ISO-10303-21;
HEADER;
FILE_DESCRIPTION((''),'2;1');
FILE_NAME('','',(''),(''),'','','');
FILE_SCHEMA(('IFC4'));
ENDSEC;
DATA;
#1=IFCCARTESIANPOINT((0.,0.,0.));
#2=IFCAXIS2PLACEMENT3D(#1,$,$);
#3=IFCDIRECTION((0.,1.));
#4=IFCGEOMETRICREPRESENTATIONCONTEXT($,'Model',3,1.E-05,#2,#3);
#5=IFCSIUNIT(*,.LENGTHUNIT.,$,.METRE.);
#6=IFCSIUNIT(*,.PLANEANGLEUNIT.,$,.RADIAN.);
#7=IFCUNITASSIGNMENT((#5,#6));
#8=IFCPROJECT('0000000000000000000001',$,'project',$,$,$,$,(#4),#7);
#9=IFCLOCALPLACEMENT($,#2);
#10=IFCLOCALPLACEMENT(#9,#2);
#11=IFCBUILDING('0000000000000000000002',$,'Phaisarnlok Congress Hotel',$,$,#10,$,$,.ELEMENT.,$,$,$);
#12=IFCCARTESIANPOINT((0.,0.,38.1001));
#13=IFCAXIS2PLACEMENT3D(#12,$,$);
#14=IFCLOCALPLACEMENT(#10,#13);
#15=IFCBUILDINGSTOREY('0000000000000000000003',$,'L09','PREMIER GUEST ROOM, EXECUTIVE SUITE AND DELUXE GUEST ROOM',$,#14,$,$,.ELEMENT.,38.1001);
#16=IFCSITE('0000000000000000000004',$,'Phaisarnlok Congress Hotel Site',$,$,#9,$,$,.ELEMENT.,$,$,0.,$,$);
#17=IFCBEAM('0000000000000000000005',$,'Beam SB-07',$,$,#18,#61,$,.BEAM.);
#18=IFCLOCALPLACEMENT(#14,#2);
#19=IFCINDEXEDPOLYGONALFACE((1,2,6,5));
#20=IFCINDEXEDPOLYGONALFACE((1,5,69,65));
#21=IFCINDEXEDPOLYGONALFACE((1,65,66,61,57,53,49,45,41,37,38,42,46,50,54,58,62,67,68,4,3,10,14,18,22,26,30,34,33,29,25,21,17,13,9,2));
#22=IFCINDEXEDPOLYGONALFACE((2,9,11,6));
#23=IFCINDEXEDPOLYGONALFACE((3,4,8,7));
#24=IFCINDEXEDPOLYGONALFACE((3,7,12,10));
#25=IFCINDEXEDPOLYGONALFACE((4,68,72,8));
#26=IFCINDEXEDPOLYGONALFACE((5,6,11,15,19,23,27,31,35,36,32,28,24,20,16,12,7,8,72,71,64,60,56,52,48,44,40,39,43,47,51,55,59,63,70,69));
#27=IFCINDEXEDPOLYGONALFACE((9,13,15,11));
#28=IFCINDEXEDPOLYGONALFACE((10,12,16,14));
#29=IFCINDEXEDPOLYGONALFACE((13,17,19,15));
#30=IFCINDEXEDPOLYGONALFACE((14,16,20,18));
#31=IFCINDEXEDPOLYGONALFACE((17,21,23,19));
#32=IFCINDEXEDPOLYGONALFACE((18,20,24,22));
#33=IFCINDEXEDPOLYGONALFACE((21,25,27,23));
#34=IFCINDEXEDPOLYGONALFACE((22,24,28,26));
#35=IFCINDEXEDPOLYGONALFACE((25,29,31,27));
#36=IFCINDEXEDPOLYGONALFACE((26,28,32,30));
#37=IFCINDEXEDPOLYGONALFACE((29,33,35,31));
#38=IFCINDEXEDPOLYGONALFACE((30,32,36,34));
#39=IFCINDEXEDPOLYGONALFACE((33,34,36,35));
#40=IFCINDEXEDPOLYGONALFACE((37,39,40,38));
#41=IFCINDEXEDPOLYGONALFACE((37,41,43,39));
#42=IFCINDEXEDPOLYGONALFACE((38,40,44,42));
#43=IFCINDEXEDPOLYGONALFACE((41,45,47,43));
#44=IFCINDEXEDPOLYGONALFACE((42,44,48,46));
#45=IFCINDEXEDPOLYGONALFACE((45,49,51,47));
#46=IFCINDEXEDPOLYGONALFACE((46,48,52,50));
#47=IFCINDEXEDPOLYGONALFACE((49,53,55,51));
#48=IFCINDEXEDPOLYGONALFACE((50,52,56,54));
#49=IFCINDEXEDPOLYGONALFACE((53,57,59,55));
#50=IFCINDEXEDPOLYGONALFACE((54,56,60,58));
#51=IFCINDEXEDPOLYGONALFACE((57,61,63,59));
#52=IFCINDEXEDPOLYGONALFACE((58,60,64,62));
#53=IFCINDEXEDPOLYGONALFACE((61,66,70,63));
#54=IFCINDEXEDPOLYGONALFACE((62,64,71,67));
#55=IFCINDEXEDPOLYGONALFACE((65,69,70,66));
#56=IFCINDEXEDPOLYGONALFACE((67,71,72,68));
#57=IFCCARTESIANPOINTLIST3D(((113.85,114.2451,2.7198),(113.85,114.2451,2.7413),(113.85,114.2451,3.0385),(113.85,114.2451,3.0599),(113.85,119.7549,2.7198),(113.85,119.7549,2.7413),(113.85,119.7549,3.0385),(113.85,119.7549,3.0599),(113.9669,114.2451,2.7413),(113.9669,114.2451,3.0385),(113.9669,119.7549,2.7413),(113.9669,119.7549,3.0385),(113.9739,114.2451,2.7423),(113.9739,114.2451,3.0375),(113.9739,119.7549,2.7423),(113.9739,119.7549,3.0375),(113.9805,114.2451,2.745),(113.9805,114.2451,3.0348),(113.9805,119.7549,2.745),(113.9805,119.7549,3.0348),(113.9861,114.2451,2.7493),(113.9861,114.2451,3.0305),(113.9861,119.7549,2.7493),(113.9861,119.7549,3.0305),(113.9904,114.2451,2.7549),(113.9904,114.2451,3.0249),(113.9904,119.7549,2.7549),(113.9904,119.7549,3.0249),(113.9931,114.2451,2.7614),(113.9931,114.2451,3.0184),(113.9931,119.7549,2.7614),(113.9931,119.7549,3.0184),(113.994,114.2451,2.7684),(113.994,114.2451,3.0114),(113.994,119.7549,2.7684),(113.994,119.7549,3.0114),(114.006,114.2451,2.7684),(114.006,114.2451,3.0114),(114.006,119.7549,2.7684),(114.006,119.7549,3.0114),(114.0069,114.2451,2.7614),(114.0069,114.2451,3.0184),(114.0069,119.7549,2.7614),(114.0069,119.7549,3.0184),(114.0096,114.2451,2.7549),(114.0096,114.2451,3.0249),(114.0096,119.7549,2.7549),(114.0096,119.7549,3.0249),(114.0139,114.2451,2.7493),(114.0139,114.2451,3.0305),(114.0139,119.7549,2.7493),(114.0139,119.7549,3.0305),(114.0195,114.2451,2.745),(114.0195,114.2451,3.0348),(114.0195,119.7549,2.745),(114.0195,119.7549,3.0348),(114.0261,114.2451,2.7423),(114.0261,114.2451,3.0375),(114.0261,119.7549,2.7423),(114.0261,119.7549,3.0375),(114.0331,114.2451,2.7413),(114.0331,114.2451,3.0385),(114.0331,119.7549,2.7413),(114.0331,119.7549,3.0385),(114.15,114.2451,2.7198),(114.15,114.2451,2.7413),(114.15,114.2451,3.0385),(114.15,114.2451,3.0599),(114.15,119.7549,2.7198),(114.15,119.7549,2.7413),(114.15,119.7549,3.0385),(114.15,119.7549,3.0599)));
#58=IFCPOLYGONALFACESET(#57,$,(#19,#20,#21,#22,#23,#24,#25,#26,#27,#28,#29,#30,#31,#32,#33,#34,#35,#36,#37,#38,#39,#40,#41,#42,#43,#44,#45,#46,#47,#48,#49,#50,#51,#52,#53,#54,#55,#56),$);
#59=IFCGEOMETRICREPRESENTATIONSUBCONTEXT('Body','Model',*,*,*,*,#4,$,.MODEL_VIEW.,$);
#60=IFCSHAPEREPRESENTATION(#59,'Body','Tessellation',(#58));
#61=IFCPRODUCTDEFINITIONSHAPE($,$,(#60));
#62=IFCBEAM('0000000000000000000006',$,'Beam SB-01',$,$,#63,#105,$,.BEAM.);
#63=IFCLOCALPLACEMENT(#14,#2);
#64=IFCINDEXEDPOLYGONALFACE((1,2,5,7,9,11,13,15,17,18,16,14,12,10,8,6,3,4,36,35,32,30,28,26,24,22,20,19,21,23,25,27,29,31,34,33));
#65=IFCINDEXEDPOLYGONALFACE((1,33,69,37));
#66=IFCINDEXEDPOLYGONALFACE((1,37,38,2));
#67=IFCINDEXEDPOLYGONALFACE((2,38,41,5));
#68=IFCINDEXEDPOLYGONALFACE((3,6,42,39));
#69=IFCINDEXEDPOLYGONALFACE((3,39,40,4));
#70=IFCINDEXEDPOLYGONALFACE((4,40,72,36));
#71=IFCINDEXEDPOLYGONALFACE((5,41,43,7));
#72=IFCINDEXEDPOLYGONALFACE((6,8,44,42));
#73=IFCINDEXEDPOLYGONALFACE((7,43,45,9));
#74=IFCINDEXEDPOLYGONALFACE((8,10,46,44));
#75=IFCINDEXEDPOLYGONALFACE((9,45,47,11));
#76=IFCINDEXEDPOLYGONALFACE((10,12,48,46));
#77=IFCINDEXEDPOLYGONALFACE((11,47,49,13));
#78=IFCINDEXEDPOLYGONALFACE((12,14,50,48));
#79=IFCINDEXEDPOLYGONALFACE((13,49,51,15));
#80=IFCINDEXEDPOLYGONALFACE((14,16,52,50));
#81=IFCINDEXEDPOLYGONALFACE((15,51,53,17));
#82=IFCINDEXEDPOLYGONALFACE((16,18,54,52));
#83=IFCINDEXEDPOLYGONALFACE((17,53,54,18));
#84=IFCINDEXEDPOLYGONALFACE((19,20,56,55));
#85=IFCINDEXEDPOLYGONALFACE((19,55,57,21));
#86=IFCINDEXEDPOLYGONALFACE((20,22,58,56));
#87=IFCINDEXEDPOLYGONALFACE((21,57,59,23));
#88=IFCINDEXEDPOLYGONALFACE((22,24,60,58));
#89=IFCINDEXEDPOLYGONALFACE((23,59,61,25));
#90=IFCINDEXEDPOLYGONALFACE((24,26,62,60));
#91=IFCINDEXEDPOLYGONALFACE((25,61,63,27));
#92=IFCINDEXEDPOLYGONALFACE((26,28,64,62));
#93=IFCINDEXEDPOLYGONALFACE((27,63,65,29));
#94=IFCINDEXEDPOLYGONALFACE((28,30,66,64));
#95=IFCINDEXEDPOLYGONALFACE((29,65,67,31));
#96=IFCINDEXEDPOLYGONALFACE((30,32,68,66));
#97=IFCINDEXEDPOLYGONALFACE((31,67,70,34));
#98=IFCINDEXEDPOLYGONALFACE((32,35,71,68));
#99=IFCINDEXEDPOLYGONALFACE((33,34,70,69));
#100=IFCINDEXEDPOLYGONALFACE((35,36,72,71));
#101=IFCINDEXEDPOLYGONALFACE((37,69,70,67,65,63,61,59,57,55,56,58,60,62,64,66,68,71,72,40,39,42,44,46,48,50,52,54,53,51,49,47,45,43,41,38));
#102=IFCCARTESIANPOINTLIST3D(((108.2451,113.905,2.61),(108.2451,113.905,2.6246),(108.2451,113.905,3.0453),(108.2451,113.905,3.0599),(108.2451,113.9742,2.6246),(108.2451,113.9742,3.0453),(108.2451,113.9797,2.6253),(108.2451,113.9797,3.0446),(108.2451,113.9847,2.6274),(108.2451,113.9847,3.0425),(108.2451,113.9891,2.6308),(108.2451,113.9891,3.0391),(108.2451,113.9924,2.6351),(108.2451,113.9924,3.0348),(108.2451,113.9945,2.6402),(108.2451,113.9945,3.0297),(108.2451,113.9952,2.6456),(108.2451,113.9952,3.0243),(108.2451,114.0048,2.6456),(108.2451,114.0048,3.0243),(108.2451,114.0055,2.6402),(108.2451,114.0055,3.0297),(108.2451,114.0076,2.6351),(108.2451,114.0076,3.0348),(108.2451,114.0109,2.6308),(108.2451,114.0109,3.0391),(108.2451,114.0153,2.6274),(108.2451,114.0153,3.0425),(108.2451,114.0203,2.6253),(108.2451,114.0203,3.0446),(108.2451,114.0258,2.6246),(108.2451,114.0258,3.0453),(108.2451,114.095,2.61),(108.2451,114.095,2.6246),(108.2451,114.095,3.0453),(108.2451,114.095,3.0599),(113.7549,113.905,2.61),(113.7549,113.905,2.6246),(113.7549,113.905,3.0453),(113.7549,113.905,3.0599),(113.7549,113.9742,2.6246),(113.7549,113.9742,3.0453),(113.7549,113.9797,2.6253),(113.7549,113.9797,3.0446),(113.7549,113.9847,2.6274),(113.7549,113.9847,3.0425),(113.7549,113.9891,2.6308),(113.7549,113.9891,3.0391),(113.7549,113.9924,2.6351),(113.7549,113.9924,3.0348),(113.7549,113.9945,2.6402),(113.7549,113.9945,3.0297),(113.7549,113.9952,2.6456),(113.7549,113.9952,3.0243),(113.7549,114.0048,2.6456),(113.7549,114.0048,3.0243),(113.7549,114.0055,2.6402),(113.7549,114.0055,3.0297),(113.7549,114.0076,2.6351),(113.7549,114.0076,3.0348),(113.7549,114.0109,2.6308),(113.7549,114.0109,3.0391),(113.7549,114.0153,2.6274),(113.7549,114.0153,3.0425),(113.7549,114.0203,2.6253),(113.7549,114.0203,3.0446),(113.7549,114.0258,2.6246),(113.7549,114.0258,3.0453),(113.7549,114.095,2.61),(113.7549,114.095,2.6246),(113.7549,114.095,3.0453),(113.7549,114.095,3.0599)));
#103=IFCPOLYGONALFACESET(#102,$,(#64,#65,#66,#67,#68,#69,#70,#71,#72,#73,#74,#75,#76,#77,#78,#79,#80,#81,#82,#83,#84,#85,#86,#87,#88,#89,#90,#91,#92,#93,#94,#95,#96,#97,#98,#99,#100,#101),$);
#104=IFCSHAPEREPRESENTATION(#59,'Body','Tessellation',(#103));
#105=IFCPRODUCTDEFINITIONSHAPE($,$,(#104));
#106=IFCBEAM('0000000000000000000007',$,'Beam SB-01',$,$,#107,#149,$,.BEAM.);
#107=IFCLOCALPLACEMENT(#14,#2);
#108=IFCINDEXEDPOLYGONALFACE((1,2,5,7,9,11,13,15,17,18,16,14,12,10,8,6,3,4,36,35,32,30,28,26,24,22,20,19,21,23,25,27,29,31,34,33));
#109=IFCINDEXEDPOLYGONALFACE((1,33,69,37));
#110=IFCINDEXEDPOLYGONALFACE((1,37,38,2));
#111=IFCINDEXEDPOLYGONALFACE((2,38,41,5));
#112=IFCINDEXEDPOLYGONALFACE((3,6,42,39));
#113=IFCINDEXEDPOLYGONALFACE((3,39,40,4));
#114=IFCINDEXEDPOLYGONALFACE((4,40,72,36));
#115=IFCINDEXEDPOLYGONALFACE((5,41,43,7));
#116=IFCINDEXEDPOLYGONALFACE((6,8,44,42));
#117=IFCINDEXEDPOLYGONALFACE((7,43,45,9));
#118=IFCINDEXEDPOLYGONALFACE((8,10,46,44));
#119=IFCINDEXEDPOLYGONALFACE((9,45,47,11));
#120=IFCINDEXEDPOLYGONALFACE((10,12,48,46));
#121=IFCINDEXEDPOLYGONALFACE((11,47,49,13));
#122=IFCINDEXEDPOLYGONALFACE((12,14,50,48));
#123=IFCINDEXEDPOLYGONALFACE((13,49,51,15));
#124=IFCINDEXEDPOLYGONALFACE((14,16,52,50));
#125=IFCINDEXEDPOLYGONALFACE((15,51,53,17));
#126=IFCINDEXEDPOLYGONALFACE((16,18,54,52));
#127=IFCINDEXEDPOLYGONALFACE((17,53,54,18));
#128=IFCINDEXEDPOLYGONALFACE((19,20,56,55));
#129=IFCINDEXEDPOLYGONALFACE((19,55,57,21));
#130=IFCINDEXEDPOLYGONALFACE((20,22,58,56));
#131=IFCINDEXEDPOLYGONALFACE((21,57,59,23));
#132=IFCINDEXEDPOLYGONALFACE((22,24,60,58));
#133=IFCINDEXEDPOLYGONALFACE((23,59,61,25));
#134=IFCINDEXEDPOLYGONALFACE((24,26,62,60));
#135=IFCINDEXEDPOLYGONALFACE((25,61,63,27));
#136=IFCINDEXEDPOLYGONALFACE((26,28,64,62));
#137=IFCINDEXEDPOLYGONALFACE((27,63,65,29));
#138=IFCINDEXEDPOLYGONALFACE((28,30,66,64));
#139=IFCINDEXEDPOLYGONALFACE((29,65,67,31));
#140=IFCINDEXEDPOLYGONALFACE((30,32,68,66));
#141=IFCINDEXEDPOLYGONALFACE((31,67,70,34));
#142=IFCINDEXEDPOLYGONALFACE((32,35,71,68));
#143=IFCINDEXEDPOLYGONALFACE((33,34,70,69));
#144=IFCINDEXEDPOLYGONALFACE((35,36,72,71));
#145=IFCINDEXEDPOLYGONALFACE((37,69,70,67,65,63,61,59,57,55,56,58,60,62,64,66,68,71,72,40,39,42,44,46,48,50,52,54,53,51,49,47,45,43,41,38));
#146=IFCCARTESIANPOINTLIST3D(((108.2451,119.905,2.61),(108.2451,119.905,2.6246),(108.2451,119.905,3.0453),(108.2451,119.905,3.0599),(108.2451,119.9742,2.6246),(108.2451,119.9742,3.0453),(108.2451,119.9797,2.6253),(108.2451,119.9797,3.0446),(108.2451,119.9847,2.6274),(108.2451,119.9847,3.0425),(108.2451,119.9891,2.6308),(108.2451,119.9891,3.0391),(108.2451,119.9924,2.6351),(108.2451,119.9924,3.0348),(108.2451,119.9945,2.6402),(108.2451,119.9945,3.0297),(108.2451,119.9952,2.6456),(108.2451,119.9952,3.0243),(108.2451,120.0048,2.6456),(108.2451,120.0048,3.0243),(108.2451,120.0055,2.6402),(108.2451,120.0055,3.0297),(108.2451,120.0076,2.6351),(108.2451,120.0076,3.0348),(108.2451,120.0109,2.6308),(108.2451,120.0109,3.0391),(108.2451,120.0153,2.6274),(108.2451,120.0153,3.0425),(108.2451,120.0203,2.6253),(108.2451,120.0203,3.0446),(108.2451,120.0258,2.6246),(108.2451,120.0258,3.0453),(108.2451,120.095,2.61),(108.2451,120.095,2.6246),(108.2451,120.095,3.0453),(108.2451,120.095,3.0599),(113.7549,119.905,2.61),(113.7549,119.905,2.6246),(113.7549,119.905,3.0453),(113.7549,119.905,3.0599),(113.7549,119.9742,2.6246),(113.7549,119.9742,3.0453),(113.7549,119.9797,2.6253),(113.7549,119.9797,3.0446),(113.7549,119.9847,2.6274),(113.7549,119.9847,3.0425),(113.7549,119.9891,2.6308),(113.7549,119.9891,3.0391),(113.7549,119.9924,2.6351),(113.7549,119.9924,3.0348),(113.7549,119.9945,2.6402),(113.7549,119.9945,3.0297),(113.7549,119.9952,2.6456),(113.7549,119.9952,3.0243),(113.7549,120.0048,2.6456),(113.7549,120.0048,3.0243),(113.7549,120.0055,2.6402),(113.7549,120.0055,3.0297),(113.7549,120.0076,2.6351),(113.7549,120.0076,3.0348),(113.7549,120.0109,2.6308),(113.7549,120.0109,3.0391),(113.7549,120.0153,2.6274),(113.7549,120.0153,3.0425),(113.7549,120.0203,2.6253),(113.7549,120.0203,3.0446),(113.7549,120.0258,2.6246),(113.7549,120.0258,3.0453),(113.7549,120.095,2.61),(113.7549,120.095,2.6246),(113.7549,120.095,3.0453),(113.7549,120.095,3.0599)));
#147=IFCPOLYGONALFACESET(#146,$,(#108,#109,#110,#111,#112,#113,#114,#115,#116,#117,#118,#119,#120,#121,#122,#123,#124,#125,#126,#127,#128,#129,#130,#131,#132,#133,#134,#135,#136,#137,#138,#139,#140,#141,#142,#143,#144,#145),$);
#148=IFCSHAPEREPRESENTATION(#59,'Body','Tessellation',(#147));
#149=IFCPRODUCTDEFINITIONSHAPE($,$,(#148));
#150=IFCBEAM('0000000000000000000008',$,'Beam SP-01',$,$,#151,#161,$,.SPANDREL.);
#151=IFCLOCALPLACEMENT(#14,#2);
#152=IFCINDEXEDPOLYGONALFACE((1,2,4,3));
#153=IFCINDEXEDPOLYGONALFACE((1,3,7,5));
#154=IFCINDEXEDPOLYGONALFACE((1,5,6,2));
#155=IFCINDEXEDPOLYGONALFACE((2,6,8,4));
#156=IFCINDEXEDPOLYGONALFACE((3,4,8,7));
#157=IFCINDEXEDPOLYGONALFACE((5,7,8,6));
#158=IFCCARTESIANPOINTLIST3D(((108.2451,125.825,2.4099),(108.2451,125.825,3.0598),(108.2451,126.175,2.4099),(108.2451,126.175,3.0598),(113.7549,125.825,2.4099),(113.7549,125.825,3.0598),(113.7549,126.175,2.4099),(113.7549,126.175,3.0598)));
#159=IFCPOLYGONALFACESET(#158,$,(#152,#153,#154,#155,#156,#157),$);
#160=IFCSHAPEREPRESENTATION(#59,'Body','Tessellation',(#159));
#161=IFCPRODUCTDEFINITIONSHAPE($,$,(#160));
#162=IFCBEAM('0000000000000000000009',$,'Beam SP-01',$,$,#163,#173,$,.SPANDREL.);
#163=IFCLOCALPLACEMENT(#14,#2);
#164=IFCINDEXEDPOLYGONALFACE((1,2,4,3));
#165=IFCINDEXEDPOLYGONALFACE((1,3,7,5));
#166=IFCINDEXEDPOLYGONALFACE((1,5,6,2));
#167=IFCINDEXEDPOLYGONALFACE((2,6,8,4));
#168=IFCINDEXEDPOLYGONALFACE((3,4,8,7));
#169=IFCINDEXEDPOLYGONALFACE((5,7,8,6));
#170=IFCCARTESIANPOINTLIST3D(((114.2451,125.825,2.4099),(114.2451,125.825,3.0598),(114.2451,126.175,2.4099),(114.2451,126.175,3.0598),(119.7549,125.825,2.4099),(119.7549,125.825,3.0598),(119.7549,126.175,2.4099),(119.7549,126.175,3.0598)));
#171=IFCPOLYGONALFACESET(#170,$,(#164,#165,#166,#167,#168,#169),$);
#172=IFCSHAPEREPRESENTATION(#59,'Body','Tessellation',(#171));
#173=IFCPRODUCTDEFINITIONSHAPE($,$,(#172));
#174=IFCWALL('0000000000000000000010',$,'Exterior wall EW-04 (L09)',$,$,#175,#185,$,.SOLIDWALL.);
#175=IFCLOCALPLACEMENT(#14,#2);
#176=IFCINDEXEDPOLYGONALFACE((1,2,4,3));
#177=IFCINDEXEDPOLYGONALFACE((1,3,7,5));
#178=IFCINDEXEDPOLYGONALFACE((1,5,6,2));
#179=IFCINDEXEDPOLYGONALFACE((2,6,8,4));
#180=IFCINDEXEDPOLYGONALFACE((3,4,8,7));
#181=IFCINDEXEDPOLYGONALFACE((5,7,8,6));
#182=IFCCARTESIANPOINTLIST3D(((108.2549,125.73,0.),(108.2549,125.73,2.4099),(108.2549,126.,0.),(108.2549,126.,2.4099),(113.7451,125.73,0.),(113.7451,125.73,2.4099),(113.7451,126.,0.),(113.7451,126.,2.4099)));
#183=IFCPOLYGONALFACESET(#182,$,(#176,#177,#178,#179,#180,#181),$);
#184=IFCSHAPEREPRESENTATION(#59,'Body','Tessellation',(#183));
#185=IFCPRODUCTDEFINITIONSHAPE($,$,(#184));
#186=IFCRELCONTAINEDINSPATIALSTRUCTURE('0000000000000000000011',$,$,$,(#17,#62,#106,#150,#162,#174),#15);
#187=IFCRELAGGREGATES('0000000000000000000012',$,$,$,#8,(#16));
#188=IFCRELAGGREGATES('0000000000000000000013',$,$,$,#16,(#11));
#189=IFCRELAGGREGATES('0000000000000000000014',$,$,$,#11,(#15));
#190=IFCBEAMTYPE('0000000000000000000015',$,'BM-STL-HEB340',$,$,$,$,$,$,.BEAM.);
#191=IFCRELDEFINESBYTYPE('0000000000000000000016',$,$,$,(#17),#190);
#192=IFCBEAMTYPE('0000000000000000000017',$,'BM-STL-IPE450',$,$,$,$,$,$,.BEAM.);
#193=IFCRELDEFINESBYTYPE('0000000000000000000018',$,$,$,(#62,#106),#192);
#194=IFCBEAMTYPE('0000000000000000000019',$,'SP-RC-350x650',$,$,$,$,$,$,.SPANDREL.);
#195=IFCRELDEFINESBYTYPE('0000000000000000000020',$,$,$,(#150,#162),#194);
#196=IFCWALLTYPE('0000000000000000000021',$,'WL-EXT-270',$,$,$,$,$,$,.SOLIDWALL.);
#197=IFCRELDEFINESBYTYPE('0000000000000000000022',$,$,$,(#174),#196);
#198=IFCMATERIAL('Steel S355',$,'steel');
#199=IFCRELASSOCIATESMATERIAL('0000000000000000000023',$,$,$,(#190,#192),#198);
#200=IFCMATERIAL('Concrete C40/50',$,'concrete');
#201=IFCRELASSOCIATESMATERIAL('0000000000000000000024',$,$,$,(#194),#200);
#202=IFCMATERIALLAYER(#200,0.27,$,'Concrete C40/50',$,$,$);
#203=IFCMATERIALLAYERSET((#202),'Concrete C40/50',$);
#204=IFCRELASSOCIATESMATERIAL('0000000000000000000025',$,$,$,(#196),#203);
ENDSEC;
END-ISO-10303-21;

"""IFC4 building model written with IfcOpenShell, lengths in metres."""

from ifc_helpers import new_model, si_unit, direction, frame, frame_2d, origin, origin_2d, place, context, subcontext, project, spatial, rectangle, i_section, extrude, material, layer, layer_set, material_profile, profile_set, type_object, element, save


model = new_model("IFC4")

# Units and contexts
model_context = context("Model", 3, precision=1e-05, world=origin(), true_north=direction((0.0, 1.0)))
body_context = subcontext(model_context, "Body", "Model", "MODEL_VIEW")
ifc_project = project(units=[si_unit("LENGTHUNIT", "METRE"), si_unit("PLANEANGLEUNIT", "RADIAN")], contexts=[model_context])

# Site, building, storey
site_placement = place(None, origin())
site = spatial("IfcSite", under=ifc_project, at=site_placement, Name="Phaisarnlok Congress Hotel Site", CompositionType="ELEMENT", RefElevation=0.0)
building_placement = place(site_placement, origin())
building = spatial("IfcBuilding", under=site, at=building_placement, Name="Phaisarnlok Congress Hotel", CompositionType="ELEMENT")
storey_placement = place(building_placement, frame((0.0, 0.0, 38.1001)))
storey = spatial("IfcBuildingStorey", under=building, at=storey_placement, Name="L09", Description="PREMIER GUEST ROOM, EXECUTIVE SUITE AND DELUXE GUEST ROOM", CompositionType="ELEMENT", Elevation=38.1001)

# Beams
ifc_material_1 = material(Name="Concrete C40/50", Category="concrete")
ifc_material_2 = material(Name="Steel S355", Category="steel")
ifc_material_profile_1 = material_profile(ifc_material_2, i_section(OverallWidth=0.3, OverallDepth=0.3401, WebThickness=0.012, FlangeThickness=0.0215, FilletRadius=0.0271, at=origin_2d()), Name="HEB 340")
ifc_profile_set_1 = profile_set([ifc_material_profile_1], Name="Steel S355")
beam_type_1 = type_object("IfcBeamType", Name="BM-STL-HEB340", PredefinedType="BEAM", material=ifc_profile_set_1)
beam_placement = place(storey_placement, frame((114.0, 114.2451, 2.8899), z_axis=(0.0, 1.0, 0.0), x_axis=(-1.0, 0.0, 0.0)))
element("IfcBeam", 1, at=beam_placement, inside=storey, type_object=beam_type_1, Name="Beam SB-07", PredefinedType="BEAM", context=body_context, shape_type="SweptSolid", body=[
    extrude(i_section(OverallWidth=0.3, OverallDepth=0.3401, WebThickness=0.012, FlangeThickness=0.0215, FilletRadius=0.0271, at=origin_2d()), origin(), (0.0, 0.0, 1.0), 5.5098),
])
ifc_material_profile_2 = material_profile(ifc_material_2, i_section(OverallWidth=0.1899, OverallDepth=0.45, WebThickness=0.0095, FlangeThickness=0.0146, FilletRadius=0.021, at=origin_2d()), Name="IPE 450")
ifc_profile_set_2 = profile_set([ifc_material_profile_2], Name="Steel S355")
beam_type_2 = type_object("IfcBeamType", Name="BM-STL-IPE450", PredefinedType="BEAM", material=ifc_profile_set_2)
for number, where, z_axis, x_axis, name in (
    (2, (108.2451, 114.0, 2.835), (1.0, 0.0, 0.0), (0.0, 1.0, 0.0), "Beam SB-01"),
    (3, (108.2451, 120.0, 2.835), (1.0, 0.0, 0.0), (0.0, 1.0, 0.0), "Beam SB-01"),
):
    element("IfcBeam", number, at=place(storey_placement, frame(where, z_axis=z_axis, x_axis=x_axis)), inside=storey, type_object=beam_type_2, Name=name, PredefinedType="BEAM", context=body_context, shape_type="SweptSolid", body=[
        extrude(i_section(OverallWidth=0.1899, OverallDepth=0.45, WebThickness=0.0095, FlangeThickness=0.0146, FilletRadius=0.021, at=origin_2d()), origin(), (0.0, 0.0, 1.0), 5.5098),
    ])
ifc_material_profile_3 = material_profile(ifc_material_1, rectangle(XDim=0.3501, YDim=0.6499, at=origin_2d()), Name="RC 350x650")
ifc_profile_set_3 = profile_set([ifc_material_profile_3], Name="Concrete C40/50")
beam_type_3 = type_object("IfcBeamType", Name="SP-RC-350x650", PredefinedType="SPANDREL", material=ifc_profile_set_3)
for number, where, z_axis, x_axis, name in (
    (4, (108.2451, 126.0, 2.7349), (1.0, 0.0, 0.0), (0.0, 1.0, 0.0), "Beam SP-01"),
    (5, (114.2451, 126.0, 2.7349), (1.0, 0.0, 0.0), (0.0, 1.0, 0.0), "Beam SP-01"),
):
    element("IfcBeam", number, at=place(storey_placement, frame(where, z_axis=z_axis, x_axis=x_axis)), inside=storey, type_object=beam_type_3, Name=name, PredefinedType="SPANDREL", context=body_context, shape_type="SweptSolid", body=[
        extrude(rectangle(XDim=0.3501, YDim=0.6499, at=origin_2d()), origin(), (0.0, 0.0, 1.0), 5.5098),
    ])

# Wall
ifc_layer_1 = layer(ifc_material_1, 0.27, Name="Concrete C40/50")
ifc_layer_set_1 = layer_set([ifc_layer_1], Name="Concrete C40/50")
wall_type_1 = type_object("IfcWallType", Name="WL-EXT-270", PredefinedType="SOLIDWALL", material=ifc_layer_set_1)
wall_1_placement = place(storey_placement, frame((113.7451, 125.865, 0.0), z_axis=(0.0, 0.0, 1.0), x_axis=(-1.0, 0.0, 0.0)))
element("IfcWall", 6, at=wall_1_placement, inside=storey, type_object=wall_type_1, Name="Exterior wall EW-04 (L09)", PredefinedType="SOLIDWALL", context=body_context, shape_type="SweptSolid", body=[
    extrude(rectangle(XDim=5.4902, YDim=0.27, at=frame_2d((2.7451, 0.0))), origin(), (0.0, 0.0, 1.0), 2.4099),
])

save(model, "model.ifc")
